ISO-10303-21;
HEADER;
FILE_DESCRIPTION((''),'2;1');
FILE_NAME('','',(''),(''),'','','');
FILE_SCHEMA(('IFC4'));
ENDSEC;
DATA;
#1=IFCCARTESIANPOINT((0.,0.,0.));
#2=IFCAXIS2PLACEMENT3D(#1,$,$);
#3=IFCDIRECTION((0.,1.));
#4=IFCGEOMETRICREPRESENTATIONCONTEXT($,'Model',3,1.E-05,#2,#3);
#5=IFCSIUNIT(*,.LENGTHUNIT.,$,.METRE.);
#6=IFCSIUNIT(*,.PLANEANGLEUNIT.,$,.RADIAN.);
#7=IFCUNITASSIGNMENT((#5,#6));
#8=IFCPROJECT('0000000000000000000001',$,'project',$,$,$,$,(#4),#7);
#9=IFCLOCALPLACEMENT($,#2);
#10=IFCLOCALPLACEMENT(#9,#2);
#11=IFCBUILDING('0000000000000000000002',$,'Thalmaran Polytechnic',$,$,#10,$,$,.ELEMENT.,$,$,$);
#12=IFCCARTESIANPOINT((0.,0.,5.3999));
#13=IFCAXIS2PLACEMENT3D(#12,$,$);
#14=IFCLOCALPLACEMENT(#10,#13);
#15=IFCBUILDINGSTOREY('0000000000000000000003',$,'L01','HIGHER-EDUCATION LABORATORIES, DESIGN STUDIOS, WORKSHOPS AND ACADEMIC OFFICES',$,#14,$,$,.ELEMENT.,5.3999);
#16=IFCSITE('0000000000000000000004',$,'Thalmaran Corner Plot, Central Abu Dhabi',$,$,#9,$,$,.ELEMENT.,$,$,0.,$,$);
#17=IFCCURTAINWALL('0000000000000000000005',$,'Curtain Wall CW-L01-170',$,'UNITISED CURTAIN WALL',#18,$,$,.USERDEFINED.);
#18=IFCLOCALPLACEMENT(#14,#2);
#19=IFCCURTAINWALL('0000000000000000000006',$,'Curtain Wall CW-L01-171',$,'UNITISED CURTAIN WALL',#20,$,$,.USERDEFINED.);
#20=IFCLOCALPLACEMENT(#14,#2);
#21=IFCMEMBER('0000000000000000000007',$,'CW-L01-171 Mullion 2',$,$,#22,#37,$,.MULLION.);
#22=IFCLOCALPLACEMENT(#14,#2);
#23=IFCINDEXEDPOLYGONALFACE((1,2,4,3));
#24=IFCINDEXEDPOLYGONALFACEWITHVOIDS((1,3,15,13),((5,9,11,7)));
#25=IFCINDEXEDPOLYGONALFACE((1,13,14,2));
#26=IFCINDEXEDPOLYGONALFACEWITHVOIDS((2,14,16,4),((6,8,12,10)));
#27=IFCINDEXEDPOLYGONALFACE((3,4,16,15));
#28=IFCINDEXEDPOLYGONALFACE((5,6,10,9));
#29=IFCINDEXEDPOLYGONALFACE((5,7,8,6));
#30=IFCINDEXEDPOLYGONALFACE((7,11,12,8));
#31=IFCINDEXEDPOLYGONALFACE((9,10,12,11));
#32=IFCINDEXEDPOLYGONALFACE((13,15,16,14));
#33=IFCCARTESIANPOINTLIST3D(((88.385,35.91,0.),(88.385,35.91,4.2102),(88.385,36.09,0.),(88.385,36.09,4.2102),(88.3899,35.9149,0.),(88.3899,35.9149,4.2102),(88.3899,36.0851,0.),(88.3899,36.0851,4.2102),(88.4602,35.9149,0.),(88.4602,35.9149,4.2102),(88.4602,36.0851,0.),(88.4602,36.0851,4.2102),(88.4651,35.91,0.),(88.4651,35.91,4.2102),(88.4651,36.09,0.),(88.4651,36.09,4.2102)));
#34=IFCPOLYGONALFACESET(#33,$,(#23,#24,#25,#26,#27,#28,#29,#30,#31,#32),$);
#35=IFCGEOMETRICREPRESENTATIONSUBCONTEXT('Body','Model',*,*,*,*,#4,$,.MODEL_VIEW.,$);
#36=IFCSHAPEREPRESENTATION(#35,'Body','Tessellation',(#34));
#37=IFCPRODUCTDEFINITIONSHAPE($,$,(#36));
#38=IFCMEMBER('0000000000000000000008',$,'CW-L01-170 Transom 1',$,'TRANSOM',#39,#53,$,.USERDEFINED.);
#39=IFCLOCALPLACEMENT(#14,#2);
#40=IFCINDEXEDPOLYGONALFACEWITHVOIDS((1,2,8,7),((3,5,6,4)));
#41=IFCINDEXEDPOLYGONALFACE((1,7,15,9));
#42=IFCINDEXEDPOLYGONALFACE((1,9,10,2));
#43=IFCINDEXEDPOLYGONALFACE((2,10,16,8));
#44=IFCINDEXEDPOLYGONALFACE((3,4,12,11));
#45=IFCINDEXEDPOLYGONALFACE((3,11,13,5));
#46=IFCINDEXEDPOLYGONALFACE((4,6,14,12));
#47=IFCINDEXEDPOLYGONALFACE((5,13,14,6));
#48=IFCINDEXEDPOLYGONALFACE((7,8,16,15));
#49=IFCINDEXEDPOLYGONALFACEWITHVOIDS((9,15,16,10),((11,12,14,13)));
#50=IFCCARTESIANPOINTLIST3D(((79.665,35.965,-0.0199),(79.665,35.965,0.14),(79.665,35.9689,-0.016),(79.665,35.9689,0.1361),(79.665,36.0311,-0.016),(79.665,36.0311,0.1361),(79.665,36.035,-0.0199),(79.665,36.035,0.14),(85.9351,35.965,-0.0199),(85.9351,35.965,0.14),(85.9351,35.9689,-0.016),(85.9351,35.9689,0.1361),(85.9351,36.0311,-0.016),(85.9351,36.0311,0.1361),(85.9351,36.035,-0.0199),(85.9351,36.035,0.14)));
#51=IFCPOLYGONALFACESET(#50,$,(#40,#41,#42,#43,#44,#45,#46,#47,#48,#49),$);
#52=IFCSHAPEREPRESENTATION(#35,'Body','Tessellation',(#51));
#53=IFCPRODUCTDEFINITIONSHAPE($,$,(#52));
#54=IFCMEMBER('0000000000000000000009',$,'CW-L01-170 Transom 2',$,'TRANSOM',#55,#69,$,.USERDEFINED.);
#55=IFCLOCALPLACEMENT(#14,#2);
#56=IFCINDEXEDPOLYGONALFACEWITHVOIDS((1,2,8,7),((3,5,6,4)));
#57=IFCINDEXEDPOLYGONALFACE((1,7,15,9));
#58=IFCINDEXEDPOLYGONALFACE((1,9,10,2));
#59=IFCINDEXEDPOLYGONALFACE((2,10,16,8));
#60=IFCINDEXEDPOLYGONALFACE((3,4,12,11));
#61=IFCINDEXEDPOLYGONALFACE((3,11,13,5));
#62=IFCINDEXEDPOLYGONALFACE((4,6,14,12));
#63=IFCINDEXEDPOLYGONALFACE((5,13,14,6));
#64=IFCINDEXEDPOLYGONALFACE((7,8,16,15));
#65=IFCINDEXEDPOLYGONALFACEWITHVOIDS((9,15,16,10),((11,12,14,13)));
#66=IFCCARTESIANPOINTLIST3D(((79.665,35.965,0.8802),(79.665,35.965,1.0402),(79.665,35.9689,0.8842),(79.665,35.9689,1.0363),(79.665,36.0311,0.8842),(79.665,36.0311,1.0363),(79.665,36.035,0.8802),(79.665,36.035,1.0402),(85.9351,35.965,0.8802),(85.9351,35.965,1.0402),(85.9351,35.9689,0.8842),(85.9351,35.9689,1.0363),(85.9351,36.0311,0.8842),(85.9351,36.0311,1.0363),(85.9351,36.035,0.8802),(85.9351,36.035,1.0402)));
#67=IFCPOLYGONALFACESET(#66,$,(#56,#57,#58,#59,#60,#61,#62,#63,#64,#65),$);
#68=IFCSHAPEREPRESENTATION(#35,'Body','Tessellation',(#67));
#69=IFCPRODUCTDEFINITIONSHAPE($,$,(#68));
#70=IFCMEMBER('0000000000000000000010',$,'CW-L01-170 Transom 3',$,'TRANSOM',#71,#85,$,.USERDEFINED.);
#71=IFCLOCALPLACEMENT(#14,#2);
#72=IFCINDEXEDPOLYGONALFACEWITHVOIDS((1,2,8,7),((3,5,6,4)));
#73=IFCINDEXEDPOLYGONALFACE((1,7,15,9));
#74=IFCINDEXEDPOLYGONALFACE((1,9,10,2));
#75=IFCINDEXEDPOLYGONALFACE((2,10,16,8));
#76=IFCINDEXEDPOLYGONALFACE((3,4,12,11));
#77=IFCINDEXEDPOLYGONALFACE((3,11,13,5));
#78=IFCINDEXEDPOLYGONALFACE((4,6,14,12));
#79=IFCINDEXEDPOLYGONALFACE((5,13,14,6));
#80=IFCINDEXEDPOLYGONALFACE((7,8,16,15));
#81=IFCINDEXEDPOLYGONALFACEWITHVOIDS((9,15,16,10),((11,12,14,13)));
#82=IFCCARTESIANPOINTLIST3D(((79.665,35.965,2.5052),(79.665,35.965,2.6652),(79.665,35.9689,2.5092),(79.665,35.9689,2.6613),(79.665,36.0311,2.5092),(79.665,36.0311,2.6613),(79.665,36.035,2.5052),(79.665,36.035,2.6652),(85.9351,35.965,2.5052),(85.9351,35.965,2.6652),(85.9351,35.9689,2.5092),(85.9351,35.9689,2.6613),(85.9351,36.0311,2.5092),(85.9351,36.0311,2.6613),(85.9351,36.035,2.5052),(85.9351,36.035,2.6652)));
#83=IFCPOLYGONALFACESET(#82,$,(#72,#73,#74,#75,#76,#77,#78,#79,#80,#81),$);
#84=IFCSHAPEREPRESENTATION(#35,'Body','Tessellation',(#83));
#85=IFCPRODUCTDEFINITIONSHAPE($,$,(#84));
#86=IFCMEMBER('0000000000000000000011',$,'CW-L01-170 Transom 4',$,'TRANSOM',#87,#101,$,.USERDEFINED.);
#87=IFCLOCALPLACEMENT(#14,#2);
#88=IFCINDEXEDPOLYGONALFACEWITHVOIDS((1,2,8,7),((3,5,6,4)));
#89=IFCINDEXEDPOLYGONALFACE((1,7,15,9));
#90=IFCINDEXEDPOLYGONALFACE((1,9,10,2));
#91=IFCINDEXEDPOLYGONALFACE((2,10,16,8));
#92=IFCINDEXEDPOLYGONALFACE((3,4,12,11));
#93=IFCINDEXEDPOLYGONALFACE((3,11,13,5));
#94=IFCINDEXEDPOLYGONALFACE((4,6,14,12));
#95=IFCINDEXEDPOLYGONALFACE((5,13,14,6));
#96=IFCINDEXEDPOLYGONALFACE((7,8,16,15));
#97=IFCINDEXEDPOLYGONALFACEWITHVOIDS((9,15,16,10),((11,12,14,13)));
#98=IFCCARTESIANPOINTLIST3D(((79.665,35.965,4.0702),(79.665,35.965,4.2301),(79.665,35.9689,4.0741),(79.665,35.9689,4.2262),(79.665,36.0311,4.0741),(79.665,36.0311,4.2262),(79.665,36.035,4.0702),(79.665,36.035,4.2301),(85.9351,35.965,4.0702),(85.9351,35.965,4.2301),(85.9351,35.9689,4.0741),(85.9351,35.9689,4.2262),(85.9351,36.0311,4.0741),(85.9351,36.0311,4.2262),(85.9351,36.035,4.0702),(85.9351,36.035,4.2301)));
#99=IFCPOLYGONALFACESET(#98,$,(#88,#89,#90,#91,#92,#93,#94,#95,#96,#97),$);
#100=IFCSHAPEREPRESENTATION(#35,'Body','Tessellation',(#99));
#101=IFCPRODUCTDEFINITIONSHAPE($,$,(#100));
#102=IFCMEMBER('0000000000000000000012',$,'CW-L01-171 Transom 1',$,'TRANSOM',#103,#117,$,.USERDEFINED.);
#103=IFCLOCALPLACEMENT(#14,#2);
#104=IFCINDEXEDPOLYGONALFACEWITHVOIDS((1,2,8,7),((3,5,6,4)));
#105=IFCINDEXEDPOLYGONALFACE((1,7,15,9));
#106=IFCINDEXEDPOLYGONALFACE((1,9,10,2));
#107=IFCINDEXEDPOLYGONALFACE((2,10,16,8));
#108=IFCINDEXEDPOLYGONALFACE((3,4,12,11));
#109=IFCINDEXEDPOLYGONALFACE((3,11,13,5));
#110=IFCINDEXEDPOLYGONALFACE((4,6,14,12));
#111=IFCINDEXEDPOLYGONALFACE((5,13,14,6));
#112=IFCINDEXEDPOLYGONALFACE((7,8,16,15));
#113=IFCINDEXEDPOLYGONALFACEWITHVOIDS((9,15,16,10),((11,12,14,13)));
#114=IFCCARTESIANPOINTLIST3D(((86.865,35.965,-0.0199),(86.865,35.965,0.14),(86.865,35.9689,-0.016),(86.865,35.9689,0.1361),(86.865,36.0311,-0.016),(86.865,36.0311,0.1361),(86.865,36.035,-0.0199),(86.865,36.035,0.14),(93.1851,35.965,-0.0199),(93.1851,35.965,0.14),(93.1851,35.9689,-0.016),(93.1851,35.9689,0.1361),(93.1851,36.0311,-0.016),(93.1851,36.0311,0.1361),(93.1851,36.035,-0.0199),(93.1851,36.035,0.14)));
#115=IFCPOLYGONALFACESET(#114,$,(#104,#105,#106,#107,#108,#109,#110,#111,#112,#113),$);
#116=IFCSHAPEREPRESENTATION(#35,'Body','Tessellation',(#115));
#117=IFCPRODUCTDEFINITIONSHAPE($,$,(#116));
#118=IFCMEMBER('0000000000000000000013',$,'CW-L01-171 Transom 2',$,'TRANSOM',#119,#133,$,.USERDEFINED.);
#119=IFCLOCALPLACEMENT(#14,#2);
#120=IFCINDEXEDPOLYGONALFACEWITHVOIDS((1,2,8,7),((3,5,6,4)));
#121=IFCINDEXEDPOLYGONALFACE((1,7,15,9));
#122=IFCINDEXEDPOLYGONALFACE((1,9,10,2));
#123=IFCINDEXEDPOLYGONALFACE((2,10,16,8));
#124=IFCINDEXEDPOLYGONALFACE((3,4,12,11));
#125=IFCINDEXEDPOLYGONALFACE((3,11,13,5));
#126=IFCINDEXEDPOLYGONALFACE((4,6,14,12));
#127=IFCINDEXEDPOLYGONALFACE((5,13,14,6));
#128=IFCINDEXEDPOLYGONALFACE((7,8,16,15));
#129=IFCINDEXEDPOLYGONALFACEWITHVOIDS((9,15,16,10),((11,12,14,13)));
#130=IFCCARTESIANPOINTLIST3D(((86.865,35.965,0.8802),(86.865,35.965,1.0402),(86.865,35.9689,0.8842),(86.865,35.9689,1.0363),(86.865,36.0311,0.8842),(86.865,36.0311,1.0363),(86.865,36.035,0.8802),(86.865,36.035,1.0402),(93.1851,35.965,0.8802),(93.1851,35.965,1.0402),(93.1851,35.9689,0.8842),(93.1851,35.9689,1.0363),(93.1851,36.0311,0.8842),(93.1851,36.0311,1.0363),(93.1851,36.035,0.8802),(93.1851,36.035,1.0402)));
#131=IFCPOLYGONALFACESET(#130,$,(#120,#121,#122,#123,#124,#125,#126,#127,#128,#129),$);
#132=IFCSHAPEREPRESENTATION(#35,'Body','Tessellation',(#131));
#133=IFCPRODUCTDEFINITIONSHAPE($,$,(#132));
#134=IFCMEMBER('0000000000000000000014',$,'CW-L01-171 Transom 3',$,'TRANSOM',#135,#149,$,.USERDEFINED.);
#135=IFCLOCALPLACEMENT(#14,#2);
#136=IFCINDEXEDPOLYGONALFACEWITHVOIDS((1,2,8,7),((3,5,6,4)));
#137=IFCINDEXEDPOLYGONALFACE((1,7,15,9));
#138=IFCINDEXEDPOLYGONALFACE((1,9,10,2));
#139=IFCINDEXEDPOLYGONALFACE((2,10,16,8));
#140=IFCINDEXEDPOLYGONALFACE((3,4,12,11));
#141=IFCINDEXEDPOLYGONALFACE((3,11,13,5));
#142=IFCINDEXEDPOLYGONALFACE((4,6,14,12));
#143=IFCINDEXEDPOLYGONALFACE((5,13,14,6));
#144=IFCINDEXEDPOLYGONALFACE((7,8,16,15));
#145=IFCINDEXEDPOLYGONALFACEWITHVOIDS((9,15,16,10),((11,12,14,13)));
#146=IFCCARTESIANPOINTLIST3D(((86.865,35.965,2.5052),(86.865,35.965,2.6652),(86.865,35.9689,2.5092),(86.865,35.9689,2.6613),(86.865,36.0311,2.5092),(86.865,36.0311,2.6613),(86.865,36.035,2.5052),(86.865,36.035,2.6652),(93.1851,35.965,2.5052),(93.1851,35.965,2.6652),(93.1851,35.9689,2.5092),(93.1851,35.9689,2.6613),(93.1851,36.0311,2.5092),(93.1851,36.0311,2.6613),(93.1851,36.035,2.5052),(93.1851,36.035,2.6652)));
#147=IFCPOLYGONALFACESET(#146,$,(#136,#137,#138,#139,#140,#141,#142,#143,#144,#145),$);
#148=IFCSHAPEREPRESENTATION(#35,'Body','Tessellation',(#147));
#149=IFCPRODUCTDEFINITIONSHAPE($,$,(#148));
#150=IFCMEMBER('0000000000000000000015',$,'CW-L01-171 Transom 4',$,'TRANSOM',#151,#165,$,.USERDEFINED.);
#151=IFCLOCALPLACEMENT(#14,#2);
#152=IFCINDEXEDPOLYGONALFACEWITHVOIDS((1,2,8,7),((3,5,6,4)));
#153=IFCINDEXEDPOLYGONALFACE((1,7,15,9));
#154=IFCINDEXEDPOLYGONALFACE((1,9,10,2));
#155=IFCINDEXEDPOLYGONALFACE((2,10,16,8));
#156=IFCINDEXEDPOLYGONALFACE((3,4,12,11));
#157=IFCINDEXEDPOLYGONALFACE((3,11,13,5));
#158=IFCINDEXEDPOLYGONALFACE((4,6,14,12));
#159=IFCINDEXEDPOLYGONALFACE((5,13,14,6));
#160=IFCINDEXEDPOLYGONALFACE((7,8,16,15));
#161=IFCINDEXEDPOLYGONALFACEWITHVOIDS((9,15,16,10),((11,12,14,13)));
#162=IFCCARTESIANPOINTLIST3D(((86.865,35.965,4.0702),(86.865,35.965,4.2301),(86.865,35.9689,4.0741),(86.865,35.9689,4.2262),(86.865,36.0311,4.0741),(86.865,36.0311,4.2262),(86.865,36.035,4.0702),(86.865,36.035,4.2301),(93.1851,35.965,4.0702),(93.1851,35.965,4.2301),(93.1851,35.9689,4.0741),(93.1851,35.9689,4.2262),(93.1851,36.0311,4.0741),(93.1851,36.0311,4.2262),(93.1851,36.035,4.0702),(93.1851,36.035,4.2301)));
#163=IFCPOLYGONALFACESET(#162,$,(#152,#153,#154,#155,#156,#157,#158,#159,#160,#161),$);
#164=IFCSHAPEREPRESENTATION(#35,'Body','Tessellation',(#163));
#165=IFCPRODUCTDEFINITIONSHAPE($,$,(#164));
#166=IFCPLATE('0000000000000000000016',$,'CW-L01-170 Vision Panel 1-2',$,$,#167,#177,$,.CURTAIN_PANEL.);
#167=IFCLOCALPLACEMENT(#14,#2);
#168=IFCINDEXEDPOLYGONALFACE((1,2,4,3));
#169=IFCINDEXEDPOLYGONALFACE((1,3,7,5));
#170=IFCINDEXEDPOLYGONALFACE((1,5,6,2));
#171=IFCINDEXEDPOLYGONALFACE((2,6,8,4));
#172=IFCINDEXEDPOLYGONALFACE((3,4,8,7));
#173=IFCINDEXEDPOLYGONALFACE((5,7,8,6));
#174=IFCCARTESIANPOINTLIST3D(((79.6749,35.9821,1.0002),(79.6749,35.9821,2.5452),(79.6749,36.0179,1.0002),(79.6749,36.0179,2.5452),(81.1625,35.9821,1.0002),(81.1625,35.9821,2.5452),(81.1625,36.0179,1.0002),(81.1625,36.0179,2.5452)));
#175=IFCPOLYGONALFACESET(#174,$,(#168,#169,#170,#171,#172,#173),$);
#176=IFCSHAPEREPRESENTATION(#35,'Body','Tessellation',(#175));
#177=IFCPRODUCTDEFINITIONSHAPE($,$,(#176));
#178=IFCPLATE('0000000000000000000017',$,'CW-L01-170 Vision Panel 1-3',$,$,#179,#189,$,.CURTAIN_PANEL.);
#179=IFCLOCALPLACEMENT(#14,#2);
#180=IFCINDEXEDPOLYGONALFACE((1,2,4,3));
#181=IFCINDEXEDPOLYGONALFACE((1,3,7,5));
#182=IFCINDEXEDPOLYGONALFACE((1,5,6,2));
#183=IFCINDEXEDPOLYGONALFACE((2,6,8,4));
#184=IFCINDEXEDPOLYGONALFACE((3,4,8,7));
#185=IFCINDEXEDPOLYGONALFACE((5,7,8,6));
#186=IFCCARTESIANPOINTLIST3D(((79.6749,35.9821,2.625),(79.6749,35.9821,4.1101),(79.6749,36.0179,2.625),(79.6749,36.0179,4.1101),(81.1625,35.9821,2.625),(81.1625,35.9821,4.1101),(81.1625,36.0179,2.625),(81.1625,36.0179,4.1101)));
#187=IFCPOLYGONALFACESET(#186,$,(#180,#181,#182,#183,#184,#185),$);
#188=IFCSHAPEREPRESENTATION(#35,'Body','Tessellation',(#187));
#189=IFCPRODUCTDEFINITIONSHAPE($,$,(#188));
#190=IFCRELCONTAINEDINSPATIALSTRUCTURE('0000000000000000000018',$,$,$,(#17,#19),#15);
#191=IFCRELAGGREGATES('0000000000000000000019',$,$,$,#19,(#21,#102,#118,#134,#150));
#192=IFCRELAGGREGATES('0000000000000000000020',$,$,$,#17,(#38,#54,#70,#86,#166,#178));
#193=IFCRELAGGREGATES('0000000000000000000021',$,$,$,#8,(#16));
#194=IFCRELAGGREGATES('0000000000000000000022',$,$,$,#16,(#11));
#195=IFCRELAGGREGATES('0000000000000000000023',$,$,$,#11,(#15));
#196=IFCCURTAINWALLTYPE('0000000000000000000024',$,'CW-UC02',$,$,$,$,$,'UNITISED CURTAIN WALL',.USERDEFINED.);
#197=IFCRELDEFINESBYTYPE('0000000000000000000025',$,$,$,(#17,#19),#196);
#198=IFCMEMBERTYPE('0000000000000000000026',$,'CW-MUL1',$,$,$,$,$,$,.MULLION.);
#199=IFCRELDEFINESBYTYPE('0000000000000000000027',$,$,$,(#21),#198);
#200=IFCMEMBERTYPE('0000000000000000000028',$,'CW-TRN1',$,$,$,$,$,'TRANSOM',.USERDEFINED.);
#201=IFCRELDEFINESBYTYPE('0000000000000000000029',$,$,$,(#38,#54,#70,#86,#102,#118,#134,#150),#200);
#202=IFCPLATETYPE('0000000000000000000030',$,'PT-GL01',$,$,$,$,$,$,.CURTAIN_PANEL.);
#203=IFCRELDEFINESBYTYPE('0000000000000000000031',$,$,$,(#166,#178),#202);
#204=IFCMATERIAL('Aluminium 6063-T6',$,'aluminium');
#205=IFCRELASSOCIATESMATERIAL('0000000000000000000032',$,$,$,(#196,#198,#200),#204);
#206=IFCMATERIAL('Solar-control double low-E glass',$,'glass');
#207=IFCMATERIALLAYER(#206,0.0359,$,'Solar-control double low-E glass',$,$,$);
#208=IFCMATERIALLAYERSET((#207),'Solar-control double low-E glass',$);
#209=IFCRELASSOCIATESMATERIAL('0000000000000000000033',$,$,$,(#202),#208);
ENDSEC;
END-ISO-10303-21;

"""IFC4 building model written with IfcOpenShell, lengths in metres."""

from ifc_helpers import new_model, si_unit, direction, frame, origin, origin_2d, place, context, subcontext, project, spatial, rectangle, hollow_rectangle, extrude, material, layer, layer_set, material_profile, profile_set, type_object, element, aggregate, save


model = new_model("IFC4")

# Units and contexts
model_context = context("Model", 3, precision=1e-05, world=origin(), true_north=direction((0.0, 1.0)))
body_context = subcontext(model_context, "Body", "Model", "MODEL_VIEW")
ifc_project = project(units=[si_unit("LENGTHUNIT", "METRE"), si_unit("PLANEANGLEUNIT", "RADIAN")], contexts=[model_context])

# Site, building, storey
site_placement = place(None, origin())
site = spatial("IfcSite", under=ifc_project, at=site_placement, Name="Thalmaran Corner Plot, Central Abu Dhabi", CompositionType="ELEMENT", RefElevation=0.0)
building_placement = place(site_placement, origin())
building = spatial("IfcBuilding", under=site, at=building_placement, Name="Thalmaran Polytechnic", CompositionType="ELEMENT")
storey_placement = place(building_placement, frame((0.0, 0.0, 5.3999)))
storey = spatial("IfcBuildingStorey", under=building, at=storey_placement, Name="L01", Description="HIGHER-EDUCATION LABORATORIES, DESIGN STUDIOS, WORKSHOPS AND ACADEMIC OFFICES", CompositionType="ELEMENT", Elevation=5.3999)

# Curtain walls, member
ifc_material_1 = material(Name="Aluminium 6063-T6", Category="aluminium")
curtain_wall_type = type_object("IfcCurtainWallType", Name="CW-UC02", ElementType="UNITISED CURTAIN WALL", PredefinedType="USERDEFINED", material=ifc_material_1)
curtain_wall_1_placement = place(storey_placement, origin())
curtain_wall_1 = element("IfcCurtainWall", 1, at=curtain_wall_1_placement, inside=storey, type_object=curtain_wall_type, Name="Curtain Wall CW-L01-170", ObjectType="UNITISED CURTAIN WALL", PredefinedType="USERDEFINED")
ifc_material_profile_1 = material_profile(ifc_material_1, hollow_rectangle(XDim=0.0801, YDim=0.1799, WallThickness=0.0049, at=origin_2d()), Name="RHS 180x80x5.0")
ifc_profile_set_1 = profile_set([ifc_material_profile_1], Name="Aluminium 6063-T6")
member_type_1 = type_object("IfcMemberType", Name="CW-MUL1", PredefinedType="MULLION", material=ifc_profile_set_1)
curtain_wall_2_placement = place(storey_placement, origin())
curtain_wall_2 = element("IfcCurtainWall", 2, at=curtain_wall_2_placement, inside=storey, type_object=curtain_wall_type, Name="Curtain Wall CW-L01-171", ObjectType="UNITISED CURTAIN WALL", PredefinedType="USERDEFINED")
member_1_placement = place(storey_placement, frame((88.425, 36.0, 0.0), z_axis=(0.0, 0.0, 1.0), x_axis=(1.0, 0.0, 0.0)))
member_1 = element("IfcMember", 3, at=member_1_placement, type_object=member_type_1, Name="CW-L01-171 Mullion 2", PredefinedType="MULLION", context=body_context, shape_type="SweptSolid", body=[
    extrude(hollow_rectangle(XDim=0.0801, YDim=0.1799, WallThickness=0.0049, at=origin_2d()), origin(), (0.0, 0.0, 1.0), 4.2102),
])

# Members
ifc_material_profile_2 = material_profile(ifc_material_1, hollow_rectangle(XDim=0.0701, YDim=0.1599, WallThickness=0.0039, at=origin_2d()), Name="AL 160x70x4.0")
ifc_profile_set_2 = profile_set([ifc_material_profile_2], Name="Aluminium 6063-T6")
member_type_2 = type_object("IfcMemberType", Name="CW-TRN1", ElementType="TRANSOM", PredefinedType="USERDEFINED", material=ifc_profile_set_2)
member_2_placement = place(storey_placement, frame((79.665, 36.0, 0.0601), z_axis=(1.0, 0.0, 0.0), x_axis=(0.0, 1.0, 0.0)))
member_2 = element("IfcMember", 4, at=member_2_placement, type_object=member_type_2, Name="CW-L01-170 Transom 1", ObjectType="TRANSOM", PredefinedType="USERDEFINED", context=body_context, shape_type="SweptSolid", body=[
    extrude(hollow_rectangle(XDim=0.0701, YDim=0.1599, WallThickness=0.0039, at=origin_2d()), origin(), (0.0, 0.0, 1.0), 6.27),
])
member_3_placement = place(storey_placement, frame((79.665, 36.0, 0.9602), z_axis=(1.0, 0.0, 0.0), x_axis=(0.0, 1.0, 0.0)))
member_3 = element("IfcMember", 5, at=member_3_placement, type_object=member_type_2, Name="CW-L01-170 Transom 2", ObjectType="TRANSOM", PredefinedType="USERDEFINED", context=body_context, shape_type="SweptSolid", body=[
    extrude(hollow_rectangle(XDim=0.0701, YDim=0.1599, WallThickness=0.0039, at=origin_2d()), origin(), (0.0, 0.0, 1.0), 6.27),
])
member_4_placement = place(storey_placement, frame((79.665, 36.0, 2.5852), z_axis=(1.0, 0.0, 0.0), x_axis=(0.0, 1.0, 0.0)))
member_4 = element("IfcMember", 6, at=member_4_placement, type_object=member_type_2, Name="CW-L01-170 Transom 3", ObjectType="TRANSOM", PredefinedType="USERDEFINED", context=body_context, shape_type="SweptSolid", body=[
    extrude(hollow_rectangle(XDim=0.0701, YDim=0.1599, WallThickness=0.0039, at=origin_2d()), origin(), (0.0, 0.0, 1.0), 6.27),
])
member_5_placement = place(storey_placement, frame((79.665, 36.0, 4.1501), z_axis=(1.0, 0.0, 0.0), x_axis=(0.0, 1.0, 0.0)))
member_5 = element("IfcMember", 7, at=member_5_placement, type_object=member_type_2, Name="CW-L01-170 Transom 4", ObjectType="TRANSOM", PredefinedType="USERDEFINED", context=body_context, shape_type="SweptSolid", body=[
    extrude(hollow_rectangle(XDim=0.0701, YDim=0.1599, WallThickness=0.0039, at=origin_2d()), origin(), (0.0, 0.0, 1.0), 6.27),
])
member_6_placement = place(storey_placement, frame((86.865, 36.0, 0.0601), z_axis=(1.0, 0.0, 0.0), x_axis=(0.0, 1.0, 0.0)))
member_6 = element("IfcMember", 8, at=member_6_placement, type_object=member_type_2, Name="CW-L01-171 Transom 1", ObjectType="TRANSOM", PredefinedType="USERDEFINED", context=body_context, shape_type="SweptSolid", body=[
    extrude(hollow_rectangle(XDim=0.0701, YDim=0.1599, WallThickness=0.0039, at=origin_2d()), origin(), (0.0, 0.0, 1.0), 6.3201),
])
member_7_placement = place(storey_placement, frame((86.865, 36.0, 0.9602), z_axis=(1.0, 0.0, 0.0), x_axis=(0.0, 1.0, 0.0)))
member_7 = element("IfcMember", 9, at=member_7_placement, type_object=member_type_2, Name="CW-L01-171 Transom 2", ObjectType="TRANSOM", PredefinedType="USERDEFINED", context=body_context, shape_type="SweptSolid", body=[
    extrude(hollow_rectangle(XDim=0.0701, YDim=0.1599, WallThickness=0.0039, at=origin_2d()), origin(), (0.0, 0.0, 1.0), 6.3201),
])
member_8_placement = place(storey_placement, frame((86.865, 36.0, 2.5852), z_axis=(1.0, 0.0, 0.0), x_axis=(0.0, 1.0, 0.0)))
member_8 = element("IfcMember", 10, at=member_8_placement, type_object=member_type_2, Name="CW-L01-171 Transom 3", ObjectType="TRANSOM", PredefinedType="USERDEFINED", context=body_context, shape_type="SweptSolid", body=[
    extrude(hollow_rectangle(XDim=0.0701, YDim=0.1599, WallThickness=0.0039, at=origin_2d()), origin(), (0.0, 0.0, 1.0), 6.3201),
])
member_9_placement = place(storey_placement, frame((86.865, 36.0, 4.1501), z_axis=(1.0, 0.0, 0.0), x_axis=(0.0, 1.0, 0.0)))
member_9 = element("IfcMember", 11, at=member_9_placement, type_object=member_type_2, Name="CW-L01-171 Transom 4", ObjectType="TRANSOM", PredefinedType="USERDEFINED", context=body_context, shape_type="SweptSolid", body=[
    extrude(hollow_rectangle(XDim=0.0701, YDim=0.1599, WallThickness=0.0039, at=origin_2d()), origin(), (0.0, 0.0, 1.0), 6.3201),
])

# Plates
ifc_material_2 = material(Name="Solar-control double low-E glass", Category="glass")
ifc_layer_1 = layer(ifc_material_2, 0.0359, Name="Solar-control double low-E glass")
ifc_layer_set_1 = layer_set([ifc_layer_1], Name="Solar-control double low-E glass")
plate_type_1 = type_object("IfcPlateType", Name="PT-GL01", PredefinedType="CURTAIN_PANEL", material=ifc_layer_set_1)
plate_1_placement = place(storey_placement, frame((80.4187, 36.0, 1.0002), z_axis=(0.0, 0.0, 1.0), x_axis=(1.0, 0.0, 0.0)))
plate_1 = element("IfcPlate", 12, at=plate_1_placement, type_object=plate_type_1, Name="CW-L01-170 Vision Panel 1-2", PredefinedType="CURTAIN_PANEL", context=body_context, shape_type="SweptSolid", body=[
    extrude(rectangle(XDim=1.4875, YDim=0.0359, at=origin_2d()), origin(), (0.0, 0.0, 1.0), 1.5449),
])
plate_2_placement = place(storey_placement, frame((80.4187, 36.0, 2.625), z_axis=(0.0, 0.0, 1.0), x_axis=(1.0, 0.0, 0.0)))
plate_2 = element("IfcPlate", 13, at=plate_2_placement, type_object=plate_type_1, Name="CW-L01-170 Vision Panel 1-3", PredefinedType="CURTAIN_PANEL", context=body_context, shape_type="SweptSolid", body=[
    extrude(rectangle(XDim=1.4875, YDim=0.0359, at=origin_2d()), origin(), (0.0, 0.0, 1.0), 1.4851),
])
aggregate(curtain_wall_2, [member_1, member_6, member_7, member_8, member_9])
aggregate(curtain_wall_1, [member_2, member_3, member_4, member_5, plate_1, plate_2])

save(model, "model.ifc")
